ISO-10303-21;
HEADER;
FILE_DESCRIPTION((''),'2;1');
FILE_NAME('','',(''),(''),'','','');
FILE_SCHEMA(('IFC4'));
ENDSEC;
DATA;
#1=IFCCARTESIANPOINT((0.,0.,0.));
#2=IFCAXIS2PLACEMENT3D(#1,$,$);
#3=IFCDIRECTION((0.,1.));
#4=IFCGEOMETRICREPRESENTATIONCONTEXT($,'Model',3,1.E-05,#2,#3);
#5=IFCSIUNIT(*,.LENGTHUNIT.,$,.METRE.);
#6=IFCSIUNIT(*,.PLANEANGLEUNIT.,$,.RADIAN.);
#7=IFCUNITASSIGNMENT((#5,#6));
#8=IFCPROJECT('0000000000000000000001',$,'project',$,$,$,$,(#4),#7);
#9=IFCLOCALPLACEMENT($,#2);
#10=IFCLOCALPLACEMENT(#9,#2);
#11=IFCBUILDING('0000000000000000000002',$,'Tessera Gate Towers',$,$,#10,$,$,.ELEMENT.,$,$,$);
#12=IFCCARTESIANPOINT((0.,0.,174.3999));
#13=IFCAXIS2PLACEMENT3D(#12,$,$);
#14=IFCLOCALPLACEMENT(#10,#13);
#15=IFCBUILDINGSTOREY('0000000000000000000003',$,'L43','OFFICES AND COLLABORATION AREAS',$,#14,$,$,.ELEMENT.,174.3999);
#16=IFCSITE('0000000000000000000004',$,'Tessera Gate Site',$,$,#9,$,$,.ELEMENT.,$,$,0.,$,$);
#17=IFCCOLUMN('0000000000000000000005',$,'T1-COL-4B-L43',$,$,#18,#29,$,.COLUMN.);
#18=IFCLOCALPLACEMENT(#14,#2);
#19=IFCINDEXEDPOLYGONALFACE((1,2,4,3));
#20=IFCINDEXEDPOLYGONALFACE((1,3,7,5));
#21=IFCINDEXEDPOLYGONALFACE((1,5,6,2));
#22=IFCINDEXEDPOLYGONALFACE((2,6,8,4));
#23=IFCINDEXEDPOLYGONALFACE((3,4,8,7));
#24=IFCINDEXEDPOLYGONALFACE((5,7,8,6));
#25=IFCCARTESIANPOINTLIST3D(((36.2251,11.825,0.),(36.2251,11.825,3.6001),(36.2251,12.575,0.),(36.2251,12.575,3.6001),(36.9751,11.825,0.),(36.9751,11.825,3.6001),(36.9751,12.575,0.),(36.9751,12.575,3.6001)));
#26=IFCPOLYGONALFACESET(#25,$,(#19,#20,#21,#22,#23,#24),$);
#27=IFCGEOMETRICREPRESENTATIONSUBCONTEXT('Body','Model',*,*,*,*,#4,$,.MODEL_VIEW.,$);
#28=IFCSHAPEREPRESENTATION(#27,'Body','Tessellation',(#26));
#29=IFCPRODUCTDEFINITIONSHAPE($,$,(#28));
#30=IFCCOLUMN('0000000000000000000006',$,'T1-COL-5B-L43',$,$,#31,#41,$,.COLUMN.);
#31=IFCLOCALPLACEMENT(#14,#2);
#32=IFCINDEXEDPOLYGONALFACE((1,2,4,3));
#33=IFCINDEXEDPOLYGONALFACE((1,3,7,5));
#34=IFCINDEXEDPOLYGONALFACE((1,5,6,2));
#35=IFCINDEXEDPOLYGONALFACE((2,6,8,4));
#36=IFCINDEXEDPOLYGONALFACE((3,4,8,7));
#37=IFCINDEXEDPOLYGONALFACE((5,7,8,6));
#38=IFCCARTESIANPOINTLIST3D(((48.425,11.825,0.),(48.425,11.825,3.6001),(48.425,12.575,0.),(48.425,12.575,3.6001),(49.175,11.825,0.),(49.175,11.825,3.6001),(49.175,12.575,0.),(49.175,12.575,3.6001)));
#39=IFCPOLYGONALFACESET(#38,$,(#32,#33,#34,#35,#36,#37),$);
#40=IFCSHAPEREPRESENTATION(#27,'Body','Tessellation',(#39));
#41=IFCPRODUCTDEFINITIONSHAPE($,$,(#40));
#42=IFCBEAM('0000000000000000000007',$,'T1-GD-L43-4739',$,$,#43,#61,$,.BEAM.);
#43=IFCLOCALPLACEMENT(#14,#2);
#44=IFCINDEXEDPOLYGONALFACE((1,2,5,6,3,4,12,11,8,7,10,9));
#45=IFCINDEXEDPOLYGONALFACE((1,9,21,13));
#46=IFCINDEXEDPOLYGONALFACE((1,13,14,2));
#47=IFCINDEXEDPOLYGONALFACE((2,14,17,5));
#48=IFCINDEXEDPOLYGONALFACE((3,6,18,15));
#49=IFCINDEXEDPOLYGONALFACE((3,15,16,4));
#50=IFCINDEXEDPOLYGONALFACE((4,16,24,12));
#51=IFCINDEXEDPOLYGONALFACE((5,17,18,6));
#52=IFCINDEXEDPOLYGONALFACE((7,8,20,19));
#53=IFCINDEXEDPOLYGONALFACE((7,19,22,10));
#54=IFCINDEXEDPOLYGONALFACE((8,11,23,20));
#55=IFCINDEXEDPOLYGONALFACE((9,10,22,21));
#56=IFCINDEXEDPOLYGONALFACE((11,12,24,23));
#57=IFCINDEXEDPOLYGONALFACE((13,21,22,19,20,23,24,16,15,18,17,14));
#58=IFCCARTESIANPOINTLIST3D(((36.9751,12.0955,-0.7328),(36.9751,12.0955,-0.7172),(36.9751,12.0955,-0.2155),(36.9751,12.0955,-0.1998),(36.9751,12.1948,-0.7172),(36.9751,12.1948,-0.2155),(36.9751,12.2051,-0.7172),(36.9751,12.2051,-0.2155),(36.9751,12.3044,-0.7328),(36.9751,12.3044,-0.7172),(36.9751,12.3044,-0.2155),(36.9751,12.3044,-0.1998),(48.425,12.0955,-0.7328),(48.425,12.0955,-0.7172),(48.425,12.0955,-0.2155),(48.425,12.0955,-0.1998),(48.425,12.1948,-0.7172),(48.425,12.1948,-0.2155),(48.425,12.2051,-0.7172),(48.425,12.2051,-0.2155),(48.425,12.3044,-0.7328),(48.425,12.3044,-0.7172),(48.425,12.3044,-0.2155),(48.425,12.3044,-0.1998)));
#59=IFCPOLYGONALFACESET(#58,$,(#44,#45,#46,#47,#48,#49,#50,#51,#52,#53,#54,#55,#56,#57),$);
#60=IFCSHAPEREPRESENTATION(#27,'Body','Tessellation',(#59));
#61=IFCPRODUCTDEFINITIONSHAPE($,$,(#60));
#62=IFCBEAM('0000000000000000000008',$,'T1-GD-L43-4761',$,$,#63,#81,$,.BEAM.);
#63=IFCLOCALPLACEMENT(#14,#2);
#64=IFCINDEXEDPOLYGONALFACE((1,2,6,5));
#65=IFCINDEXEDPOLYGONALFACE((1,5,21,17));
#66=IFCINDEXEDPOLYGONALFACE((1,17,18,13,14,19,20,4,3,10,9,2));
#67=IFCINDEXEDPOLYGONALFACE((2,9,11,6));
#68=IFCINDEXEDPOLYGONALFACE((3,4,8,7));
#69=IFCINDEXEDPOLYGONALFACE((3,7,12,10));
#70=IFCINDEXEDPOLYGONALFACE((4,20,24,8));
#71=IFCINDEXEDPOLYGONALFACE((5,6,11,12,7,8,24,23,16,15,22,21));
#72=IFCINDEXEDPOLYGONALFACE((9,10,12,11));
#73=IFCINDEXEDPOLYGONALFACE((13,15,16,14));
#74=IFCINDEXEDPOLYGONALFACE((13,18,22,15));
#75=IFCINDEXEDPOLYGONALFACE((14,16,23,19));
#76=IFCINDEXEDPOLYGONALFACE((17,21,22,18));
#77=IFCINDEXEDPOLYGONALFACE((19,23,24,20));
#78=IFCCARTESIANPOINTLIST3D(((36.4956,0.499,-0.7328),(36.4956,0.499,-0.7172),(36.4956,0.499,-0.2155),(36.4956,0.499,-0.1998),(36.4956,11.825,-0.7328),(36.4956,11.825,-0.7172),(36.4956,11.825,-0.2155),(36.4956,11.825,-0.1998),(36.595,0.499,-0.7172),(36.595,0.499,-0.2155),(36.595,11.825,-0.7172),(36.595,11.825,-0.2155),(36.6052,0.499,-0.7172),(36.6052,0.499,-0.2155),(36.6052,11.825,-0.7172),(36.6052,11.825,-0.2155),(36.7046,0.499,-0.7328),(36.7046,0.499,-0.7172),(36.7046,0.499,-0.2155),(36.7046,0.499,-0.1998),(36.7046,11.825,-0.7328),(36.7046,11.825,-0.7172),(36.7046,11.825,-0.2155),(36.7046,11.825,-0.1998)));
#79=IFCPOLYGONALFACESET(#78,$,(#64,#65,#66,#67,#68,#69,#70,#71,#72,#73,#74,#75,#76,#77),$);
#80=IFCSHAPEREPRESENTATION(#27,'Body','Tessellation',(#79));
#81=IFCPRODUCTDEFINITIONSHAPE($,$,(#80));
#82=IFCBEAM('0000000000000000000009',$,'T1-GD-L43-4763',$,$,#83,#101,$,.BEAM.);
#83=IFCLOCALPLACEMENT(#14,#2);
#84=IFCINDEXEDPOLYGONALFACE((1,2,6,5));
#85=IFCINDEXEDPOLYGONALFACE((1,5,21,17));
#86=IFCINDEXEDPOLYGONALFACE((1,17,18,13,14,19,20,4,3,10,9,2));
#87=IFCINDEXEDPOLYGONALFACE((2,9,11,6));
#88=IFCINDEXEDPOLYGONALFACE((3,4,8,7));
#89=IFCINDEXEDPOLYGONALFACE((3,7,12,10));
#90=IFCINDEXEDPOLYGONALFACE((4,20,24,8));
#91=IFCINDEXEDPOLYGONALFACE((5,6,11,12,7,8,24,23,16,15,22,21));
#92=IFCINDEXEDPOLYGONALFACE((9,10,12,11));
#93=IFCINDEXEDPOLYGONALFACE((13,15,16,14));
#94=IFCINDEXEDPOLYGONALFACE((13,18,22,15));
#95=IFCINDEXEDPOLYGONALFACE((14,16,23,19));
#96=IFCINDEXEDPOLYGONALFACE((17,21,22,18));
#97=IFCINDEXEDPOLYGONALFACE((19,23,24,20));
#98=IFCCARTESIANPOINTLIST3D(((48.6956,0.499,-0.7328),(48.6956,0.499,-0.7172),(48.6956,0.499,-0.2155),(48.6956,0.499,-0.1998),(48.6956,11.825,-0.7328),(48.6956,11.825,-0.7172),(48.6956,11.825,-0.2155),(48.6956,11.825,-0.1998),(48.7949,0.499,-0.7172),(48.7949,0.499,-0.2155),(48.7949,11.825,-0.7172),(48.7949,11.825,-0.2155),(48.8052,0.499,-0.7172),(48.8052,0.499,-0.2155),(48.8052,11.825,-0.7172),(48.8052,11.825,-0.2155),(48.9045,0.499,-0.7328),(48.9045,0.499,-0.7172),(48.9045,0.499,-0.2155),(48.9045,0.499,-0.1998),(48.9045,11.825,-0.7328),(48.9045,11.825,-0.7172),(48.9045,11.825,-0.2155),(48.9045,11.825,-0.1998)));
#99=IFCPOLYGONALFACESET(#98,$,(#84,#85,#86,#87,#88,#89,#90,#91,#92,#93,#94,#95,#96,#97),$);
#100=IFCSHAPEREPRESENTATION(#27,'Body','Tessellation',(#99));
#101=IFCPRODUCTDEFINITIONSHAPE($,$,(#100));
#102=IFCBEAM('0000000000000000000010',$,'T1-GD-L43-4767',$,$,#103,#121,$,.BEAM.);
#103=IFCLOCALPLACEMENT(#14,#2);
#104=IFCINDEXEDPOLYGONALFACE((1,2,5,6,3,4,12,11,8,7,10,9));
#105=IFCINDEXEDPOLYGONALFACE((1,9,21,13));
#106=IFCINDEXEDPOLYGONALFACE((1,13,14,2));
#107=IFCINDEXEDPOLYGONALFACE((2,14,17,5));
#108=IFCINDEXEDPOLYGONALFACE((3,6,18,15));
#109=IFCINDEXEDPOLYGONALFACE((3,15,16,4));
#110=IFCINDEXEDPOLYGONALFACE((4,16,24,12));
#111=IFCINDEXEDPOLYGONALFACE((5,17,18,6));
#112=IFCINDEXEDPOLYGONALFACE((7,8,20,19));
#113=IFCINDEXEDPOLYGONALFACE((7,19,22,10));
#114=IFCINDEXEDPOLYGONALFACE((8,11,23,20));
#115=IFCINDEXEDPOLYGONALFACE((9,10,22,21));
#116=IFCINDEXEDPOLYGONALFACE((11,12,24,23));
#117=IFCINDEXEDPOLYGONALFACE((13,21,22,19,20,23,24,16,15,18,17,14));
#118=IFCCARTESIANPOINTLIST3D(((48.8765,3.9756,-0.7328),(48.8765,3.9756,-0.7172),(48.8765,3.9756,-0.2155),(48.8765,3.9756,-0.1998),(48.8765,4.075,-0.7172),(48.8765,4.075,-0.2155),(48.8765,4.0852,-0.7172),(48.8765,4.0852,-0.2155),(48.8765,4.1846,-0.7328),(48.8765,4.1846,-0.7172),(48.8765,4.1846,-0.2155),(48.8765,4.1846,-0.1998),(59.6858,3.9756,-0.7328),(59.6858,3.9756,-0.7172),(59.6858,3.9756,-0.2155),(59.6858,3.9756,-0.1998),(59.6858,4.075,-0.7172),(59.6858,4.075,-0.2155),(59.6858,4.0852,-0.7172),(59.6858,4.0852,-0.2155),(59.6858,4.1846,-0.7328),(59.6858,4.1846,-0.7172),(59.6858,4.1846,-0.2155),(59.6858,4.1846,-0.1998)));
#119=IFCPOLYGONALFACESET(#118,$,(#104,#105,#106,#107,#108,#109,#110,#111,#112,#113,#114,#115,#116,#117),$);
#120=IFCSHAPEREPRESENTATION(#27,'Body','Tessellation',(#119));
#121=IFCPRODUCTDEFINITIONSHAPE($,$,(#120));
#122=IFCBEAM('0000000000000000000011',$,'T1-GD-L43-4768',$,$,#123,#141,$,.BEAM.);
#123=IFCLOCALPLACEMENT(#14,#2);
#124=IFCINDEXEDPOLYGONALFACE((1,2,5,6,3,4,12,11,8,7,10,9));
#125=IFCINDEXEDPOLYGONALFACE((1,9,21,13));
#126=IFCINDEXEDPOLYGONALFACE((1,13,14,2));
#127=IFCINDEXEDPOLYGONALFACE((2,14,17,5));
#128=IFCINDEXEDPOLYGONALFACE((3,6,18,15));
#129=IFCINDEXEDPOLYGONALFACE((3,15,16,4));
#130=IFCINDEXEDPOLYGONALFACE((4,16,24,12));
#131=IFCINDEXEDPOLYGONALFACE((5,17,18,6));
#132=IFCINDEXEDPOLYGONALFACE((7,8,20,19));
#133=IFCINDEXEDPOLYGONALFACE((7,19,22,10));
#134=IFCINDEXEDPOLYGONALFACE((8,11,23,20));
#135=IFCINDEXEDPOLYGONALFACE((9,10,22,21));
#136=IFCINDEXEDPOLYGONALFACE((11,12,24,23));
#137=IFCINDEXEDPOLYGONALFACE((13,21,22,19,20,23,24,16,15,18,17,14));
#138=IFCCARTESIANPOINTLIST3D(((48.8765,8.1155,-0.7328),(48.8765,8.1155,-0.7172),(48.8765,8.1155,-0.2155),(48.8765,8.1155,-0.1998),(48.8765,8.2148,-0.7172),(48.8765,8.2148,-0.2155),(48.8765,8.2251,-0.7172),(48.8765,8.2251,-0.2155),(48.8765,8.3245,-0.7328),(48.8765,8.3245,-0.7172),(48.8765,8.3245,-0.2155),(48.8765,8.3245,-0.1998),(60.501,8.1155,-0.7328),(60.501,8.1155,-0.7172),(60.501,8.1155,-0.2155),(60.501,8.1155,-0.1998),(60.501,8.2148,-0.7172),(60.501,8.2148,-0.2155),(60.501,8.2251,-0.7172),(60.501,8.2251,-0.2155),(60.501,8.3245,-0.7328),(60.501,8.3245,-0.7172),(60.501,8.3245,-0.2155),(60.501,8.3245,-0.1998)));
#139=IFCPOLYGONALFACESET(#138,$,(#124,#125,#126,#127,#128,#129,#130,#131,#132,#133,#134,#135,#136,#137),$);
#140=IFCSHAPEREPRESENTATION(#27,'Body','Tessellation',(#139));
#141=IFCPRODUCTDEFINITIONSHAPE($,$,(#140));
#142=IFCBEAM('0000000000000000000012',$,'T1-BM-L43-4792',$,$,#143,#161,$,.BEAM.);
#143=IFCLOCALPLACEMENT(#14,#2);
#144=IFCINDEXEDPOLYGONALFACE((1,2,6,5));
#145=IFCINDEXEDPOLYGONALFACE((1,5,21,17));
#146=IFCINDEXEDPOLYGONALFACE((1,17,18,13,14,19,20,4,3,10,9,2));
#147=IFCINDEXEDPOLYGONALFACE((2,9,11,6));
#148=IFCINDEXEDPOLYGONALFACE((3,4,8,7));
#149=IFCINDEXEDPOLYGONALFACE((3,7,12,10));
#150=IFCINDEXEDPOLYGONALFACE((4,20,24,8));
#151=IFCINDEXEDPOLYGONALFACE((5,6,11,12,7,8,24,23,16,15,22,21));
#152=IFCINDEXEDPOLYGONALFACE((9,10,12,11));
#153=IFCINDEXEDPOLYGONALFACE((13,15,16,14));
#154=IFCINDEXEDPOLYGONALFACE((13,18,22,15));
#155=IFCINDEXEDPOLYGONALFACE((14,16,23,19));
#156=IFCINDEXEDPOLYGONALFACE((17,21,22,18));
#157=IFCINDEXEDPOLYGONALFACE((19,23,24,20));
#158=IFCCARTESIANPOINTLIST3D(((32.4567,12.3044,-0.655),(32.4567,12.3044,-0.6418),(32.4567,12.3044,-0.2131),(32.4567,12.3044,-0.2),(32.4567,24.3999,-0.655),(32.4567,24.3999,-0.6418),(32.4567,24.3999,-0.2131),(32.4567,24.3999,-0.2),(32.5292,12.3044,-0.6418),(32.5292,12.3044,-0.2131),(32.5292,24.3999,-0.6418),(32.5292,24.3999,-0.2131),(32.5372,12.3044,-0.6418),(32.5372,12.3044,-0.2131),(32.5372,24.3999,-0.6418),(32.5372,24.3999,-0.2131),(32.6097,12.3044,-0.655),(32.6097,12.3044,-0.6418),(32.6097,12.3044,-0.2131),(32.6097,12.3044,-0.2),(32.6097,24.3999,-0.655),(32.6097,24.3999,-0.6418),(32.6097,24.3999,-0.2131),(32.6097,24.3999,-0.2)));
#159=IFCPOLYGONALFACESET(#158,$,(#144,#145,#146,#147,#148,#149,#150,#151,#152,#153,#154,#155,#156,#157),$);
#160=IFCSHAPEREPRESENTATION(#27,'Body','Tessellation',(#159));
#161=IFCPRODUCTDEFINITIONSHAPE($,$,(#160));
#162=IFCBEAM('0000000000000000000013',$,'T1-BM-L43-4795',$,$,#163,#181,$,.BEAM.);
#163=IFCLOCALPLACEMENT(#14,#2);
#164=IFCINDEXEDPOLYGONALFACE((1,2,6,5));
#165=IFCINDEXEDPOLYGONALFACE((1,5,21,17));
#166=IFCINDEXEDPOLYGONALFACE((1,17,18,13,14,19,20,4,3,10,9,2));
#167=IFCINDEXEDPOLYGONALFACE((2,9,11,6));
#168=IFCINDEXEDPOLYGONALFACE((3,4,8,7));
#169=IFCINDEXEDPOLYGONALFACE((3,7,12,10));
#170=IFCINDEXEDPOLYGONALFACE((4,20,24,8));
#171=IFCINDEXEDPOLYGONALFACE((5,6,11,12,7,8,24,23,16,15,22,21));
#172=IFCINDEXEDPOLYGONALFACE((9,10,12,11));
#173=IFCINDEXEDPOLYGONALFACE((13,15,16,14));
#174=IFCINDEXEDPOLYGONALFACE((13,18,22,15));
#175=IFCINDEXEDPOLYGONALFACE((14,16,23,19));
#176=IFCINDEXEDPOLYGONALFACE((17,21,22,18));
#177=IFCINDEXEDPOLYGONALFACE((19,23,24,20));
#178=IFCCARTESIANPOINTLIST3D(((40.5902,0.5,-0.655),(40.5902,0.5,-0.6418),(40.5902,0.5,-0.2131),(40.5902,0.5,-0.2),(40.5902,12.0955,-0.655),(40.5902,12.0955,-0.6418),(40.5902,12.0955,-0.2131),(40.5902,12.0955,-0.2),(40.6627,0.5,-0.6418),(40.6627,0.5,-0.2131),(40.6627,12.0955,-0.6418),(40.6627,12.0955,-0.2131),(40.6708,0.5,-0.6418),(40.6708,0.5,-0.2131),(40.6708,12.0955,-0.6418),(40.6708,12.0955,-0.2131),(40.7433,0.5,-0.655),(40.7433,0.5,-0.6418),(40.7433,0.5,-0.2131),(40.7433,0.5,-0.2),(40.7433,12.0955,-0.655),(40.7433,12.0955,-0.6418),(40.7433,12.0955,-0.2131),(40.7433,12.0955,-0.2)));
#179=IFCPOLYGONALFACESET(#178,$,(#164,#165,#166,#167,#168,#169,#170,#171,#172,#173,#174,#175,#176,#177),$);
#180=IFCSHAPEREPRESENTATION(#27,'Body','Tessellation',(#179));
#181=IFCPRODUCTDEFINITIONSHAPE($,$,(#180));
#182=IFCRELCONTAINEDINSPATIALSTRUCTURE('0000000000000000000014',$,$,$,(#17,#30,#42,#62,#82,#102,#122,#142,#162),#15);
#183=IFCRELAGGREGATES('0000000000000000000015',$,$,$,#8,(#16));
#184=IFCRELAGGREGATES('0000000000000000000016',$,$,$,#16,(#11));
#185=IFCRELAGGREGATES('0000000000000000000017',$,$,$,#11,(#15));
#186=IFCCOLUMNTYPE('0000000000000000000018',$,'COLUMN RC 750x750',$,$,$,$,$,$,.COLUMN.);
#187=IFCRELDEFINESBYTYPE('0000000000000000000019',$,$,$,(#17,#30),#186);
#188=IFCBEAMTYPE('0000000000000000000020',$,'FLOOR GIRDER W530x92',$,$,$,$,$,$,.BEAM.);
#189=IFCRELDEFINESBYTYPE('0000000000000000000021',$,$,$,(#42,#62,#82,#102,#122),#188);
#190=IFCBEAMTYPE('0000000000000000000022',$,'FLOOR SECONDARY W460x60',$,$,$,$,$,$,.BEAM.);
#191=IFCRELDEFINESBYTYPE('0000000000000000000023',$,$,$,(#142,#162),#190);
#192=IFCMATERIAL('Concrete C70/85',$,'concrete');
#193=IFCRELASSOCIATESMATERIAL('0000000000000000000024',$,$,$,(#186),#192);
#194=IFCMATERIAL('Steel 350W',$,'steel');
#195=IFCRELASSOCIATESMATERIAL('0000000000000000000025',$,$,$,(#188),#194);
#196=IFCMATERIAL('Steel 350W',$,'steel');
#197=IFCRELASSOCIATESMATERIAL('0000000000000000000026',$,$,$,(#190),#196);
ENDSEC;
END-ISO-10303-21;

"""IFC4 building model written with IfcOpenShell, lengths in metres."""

from ifc_helpers import new_model, si_unit, direction, frame, origin, origin_2d, place, context, subcontext, project, spatial, rectangle, i_section, extrude, material, material_profile, profile_set, type_object, element, save


model = new_model("IFC4")

# Units and contexts
model_context = context("Model", 3, precision=1e-05, world=origin(), true_north=direction((0.0, 1.0)))
body_context = subcontext(model_context, "Body", "Model", "MODEL_VIEW")
ifc_project = project(units=[si_unit("LENGTHUNIT", "METRE"), si_unit("PLANEANGLEUNIT", "RADIAN")], contexts=[model_context])

# Site, building, storey
site_placement = place(None, origin())
site = spatial("IfcSite", under=ifc_project, at=site_placement, Name="Tessera Gate Site", CompositionType="ELEMENT", RefElevation=0.0)
building_placement = place(site_placement, origin())
building = spatial("IfcBuilding", under=site, at=building_placement, Name="Tessera Gate Towers", CompositionType="ELEMENT")
storey_placement = place(building_placement, frame((0.0, 0.0, 174.3999)))
storey = spatial("IfcBuildingStorey", under=building, at=storey_placement, Name="L43", Description="OFFICES AND COLLABORATION AREAS", CompositionType="ELEMENT", Elevation=174.3999)

# Columns
ifc_material_1 = material(Name="Concrete C70/85", Category="concrete")
ifc_material_profile_1 = material_profile(ifc_material_1, rectangle(XDim=0.75, YDim=0.75, at=origin_2d()), Name="RC 750x750")
ifc_profile_set_1 = profile_set([ifc_material_profile_1], Name="Concrete C70/85")
column_type = type_object("IfcColumnType", Name="COLUMN RC 750x750", PredefinedType="COLUMN", material=ifc_profile_set_1)
for number, where, z_axis, x_axis, name in (
    (1, (36.6001, 12.2, 0.0), (0.0, 0.0, 1.0), (1.0, 0.0, 0.0), "T1-COL-4B-L43"),
    (2, (48.8, 12.2, 0.0), (0.0, 0.0, 1.0), (1.0, 0.0, 0.0), "T1-COL-5B-L43"),
):
    element("IfcColumn", number, at=place(storey_placement, frame(where, z_axis=z_axis, x_axis=x_axis)), inside=storey, type_object=column_type, Name=name, PredefinedType="COLUMN", context=body_context, shape_type="SweptSolid", body=[
        extrude(rectangle(XDim=0.75, YDim=0.75, at=origin_2d()), origin(), (0.0, 0.0, 1.0), 3.6001),
    ])

# Beams
ifc_material_2 = material(Name="Steel 350W", Category="steel")
ifc_material_profile_2 = material_profile(ifc_material_2, i_section(OverallWidth=0.209, OverallDepth=0.533, WebThickness=0.0103, FlangeThickness=0.0156, at=origin_2d()), Name="W530x92")
ifc_profile_set_2 = profile_set([ifc_material_profile_2], Name="Steel 350W")
beam_type_1 = type_object("IfcBeamType", Name="FLOOR GIRDER W530x92", PredefinedType="BEAM", material=ifc_profile_set_2)
beam_1_placement = place(storey_placement, frame((36.9751, 12.2, -0.4663), z_axis=(1.0, 0.0, 0.0), x_axis=(0.0, 1.0, 0.0)))
element("IfcBeam", 3, at=beam_1_placement, inside=storey, type_object=beam_type_1, Name="T1-GD-L43-4739", PredefinedType="BEAM", context=body_context, shape_type="SweptSolid", body=[
    extrude(i_section(OverallWidth=0.209, OverallDepth=0.533, WebThickness=0.0103, FlangeThickness=0.0156, at=origin_2d()), origin(), (0.0, 0.0, 1.0), 11.45),
])
for number, where, z_axis, x_axis, name in (
    (4, (36.6001, 0.499, -0.4663), (0.0, 1.0, 0.0), (-1.0, 0.0, 0.0), "T1-GD-L43-4761"),
    (5, (48.8, 0.499, -0.4663), (0.0, 1.0, 0.0), (-1.0, 0.0, 0.0), "T1-GD-L43-4763"),
):
    element("IfcBeam", number, at=place(storey_placement, frame(where, z_axis=z_axis, x_axis=x_axis)), inside=storey, type_object=beam_type_1, Name=name, PredefinedType="BEAM", context=body_context, shape_type="SweptSolid", body=[
        extrude(i_section(OverallWidth=0.209, OverallDepth=0.533, WebThickness=0.0103, FlangeThickness=0.0156, at=origin_2d()), origin(), (0.0, 0.0, 1.0), 11.3259),
    ])
beam_2_placement = place(storey_placement, frame((48.8765, 4.0801, -0.4663), z_axis=(1.0, 0.0, 0.0), x_axis=(0.0, 1.0, 0.0)))
element("IfcBeam", 6, at=beam_2_placement, inside=storey, type_object=beam_type_1, Name="T1-GD-L43-4767", PredefinedType="BEAM", context=body_context, shape_type="SweptSolid", body=[
    extrude(i_section(OverallWidth=0.209, OverallDepth=0.533, WebThickness=0.0103, FlangeThickness=0.0156, at=origin_2d()), origin(), (0.0, 0.0, 1.0), 10.8093),
])
beam_3_placement = place(storey_placement, frame((48.8765, 8.22, -0.4663), z_axis=(1.0, 0.0, 0.0), x_axis=(0.0, 1.0, 0.0)))
element("IfcBeam", 7, at=beam_3_placement, inside=storey, type_object=beam_type_1, Name="T1-GD-L43-4768", PredefinedType="BEAM", context=body_context, shape_type="SweptSolid", body=[
    extrude(i_section(OverallWidth=0.209, OverallDepth=0.533, WebThickness=0.0103, FlangeThickness=0.0156, at=origin_2d()), origin(), (0.0, 0.0, 1.0), 11.6245),
])
ifc_material_3 = material(Name="Steel 350W", Category="steel")
ifc_material_profile_3 = material_profile(ifc_material_3, i_section(OverallWidth=0.1531, OverallDepth=0.4551, WebThickness=0.0081, FlangeThickness=0.0132, at=origin_2d()), Name="W460x60")
ifc_profile_set_3 = profile_set([ifc_material_profile_3], Name="Steel 350W")
beam_type_2 = type_object("IfcBeamType", Name="FLOOR SECONDARY W460x60", PredefinedType="BEAM", material=ifc_profile_set_3)
beam_4_placement = place(storey_placement, frame((32.5332, 12.3044, -0.4275), z_axis=(0.0, 1.0, 0.0), x_axis=(-1.0, 0.0, 0.0)))
element("IfcBeam", 8, at=beam_4_placement, inside=storey, type_object=beam_type_2, Name="T1-BM-L43-4792", PredefinedType="BEAM", context=body_context, shape_type="SweptSolid", body=[
    extrude(i_section(OverallWidth=0.1531, OverallDepth=0.4551, WebThickness=0.0081, FlangeThickness=0.0132, at=origin_2d()), origin(), (0.0, 0.0, 1.0), 12.0955),
])
beam_5_placement = place(storey_placement, frame((40.6667, 0.5, -0.4275), z_axis=(0.0, 1.0, 0.0), x_axis=(-1.0, 0.0, 0.0)))
element("IfcBeam", 9, at=beam_5_placement, inside=storey, type_object=beam_type_2, Name="T1-BM-L43-4795", PredefinedType="BEAM", context=body_context, shape_type="SweptSolid", body=[
    extrude(i_section(OverallWidth=0.1531, OverallDepth=0.4551, WebThickness=0.0081, FlangeThickness=0.0132, at=origin_2d()), origin(), (0.0, 0.0, 1.0), 11.5955),
])

save(model, "model.ifc")
